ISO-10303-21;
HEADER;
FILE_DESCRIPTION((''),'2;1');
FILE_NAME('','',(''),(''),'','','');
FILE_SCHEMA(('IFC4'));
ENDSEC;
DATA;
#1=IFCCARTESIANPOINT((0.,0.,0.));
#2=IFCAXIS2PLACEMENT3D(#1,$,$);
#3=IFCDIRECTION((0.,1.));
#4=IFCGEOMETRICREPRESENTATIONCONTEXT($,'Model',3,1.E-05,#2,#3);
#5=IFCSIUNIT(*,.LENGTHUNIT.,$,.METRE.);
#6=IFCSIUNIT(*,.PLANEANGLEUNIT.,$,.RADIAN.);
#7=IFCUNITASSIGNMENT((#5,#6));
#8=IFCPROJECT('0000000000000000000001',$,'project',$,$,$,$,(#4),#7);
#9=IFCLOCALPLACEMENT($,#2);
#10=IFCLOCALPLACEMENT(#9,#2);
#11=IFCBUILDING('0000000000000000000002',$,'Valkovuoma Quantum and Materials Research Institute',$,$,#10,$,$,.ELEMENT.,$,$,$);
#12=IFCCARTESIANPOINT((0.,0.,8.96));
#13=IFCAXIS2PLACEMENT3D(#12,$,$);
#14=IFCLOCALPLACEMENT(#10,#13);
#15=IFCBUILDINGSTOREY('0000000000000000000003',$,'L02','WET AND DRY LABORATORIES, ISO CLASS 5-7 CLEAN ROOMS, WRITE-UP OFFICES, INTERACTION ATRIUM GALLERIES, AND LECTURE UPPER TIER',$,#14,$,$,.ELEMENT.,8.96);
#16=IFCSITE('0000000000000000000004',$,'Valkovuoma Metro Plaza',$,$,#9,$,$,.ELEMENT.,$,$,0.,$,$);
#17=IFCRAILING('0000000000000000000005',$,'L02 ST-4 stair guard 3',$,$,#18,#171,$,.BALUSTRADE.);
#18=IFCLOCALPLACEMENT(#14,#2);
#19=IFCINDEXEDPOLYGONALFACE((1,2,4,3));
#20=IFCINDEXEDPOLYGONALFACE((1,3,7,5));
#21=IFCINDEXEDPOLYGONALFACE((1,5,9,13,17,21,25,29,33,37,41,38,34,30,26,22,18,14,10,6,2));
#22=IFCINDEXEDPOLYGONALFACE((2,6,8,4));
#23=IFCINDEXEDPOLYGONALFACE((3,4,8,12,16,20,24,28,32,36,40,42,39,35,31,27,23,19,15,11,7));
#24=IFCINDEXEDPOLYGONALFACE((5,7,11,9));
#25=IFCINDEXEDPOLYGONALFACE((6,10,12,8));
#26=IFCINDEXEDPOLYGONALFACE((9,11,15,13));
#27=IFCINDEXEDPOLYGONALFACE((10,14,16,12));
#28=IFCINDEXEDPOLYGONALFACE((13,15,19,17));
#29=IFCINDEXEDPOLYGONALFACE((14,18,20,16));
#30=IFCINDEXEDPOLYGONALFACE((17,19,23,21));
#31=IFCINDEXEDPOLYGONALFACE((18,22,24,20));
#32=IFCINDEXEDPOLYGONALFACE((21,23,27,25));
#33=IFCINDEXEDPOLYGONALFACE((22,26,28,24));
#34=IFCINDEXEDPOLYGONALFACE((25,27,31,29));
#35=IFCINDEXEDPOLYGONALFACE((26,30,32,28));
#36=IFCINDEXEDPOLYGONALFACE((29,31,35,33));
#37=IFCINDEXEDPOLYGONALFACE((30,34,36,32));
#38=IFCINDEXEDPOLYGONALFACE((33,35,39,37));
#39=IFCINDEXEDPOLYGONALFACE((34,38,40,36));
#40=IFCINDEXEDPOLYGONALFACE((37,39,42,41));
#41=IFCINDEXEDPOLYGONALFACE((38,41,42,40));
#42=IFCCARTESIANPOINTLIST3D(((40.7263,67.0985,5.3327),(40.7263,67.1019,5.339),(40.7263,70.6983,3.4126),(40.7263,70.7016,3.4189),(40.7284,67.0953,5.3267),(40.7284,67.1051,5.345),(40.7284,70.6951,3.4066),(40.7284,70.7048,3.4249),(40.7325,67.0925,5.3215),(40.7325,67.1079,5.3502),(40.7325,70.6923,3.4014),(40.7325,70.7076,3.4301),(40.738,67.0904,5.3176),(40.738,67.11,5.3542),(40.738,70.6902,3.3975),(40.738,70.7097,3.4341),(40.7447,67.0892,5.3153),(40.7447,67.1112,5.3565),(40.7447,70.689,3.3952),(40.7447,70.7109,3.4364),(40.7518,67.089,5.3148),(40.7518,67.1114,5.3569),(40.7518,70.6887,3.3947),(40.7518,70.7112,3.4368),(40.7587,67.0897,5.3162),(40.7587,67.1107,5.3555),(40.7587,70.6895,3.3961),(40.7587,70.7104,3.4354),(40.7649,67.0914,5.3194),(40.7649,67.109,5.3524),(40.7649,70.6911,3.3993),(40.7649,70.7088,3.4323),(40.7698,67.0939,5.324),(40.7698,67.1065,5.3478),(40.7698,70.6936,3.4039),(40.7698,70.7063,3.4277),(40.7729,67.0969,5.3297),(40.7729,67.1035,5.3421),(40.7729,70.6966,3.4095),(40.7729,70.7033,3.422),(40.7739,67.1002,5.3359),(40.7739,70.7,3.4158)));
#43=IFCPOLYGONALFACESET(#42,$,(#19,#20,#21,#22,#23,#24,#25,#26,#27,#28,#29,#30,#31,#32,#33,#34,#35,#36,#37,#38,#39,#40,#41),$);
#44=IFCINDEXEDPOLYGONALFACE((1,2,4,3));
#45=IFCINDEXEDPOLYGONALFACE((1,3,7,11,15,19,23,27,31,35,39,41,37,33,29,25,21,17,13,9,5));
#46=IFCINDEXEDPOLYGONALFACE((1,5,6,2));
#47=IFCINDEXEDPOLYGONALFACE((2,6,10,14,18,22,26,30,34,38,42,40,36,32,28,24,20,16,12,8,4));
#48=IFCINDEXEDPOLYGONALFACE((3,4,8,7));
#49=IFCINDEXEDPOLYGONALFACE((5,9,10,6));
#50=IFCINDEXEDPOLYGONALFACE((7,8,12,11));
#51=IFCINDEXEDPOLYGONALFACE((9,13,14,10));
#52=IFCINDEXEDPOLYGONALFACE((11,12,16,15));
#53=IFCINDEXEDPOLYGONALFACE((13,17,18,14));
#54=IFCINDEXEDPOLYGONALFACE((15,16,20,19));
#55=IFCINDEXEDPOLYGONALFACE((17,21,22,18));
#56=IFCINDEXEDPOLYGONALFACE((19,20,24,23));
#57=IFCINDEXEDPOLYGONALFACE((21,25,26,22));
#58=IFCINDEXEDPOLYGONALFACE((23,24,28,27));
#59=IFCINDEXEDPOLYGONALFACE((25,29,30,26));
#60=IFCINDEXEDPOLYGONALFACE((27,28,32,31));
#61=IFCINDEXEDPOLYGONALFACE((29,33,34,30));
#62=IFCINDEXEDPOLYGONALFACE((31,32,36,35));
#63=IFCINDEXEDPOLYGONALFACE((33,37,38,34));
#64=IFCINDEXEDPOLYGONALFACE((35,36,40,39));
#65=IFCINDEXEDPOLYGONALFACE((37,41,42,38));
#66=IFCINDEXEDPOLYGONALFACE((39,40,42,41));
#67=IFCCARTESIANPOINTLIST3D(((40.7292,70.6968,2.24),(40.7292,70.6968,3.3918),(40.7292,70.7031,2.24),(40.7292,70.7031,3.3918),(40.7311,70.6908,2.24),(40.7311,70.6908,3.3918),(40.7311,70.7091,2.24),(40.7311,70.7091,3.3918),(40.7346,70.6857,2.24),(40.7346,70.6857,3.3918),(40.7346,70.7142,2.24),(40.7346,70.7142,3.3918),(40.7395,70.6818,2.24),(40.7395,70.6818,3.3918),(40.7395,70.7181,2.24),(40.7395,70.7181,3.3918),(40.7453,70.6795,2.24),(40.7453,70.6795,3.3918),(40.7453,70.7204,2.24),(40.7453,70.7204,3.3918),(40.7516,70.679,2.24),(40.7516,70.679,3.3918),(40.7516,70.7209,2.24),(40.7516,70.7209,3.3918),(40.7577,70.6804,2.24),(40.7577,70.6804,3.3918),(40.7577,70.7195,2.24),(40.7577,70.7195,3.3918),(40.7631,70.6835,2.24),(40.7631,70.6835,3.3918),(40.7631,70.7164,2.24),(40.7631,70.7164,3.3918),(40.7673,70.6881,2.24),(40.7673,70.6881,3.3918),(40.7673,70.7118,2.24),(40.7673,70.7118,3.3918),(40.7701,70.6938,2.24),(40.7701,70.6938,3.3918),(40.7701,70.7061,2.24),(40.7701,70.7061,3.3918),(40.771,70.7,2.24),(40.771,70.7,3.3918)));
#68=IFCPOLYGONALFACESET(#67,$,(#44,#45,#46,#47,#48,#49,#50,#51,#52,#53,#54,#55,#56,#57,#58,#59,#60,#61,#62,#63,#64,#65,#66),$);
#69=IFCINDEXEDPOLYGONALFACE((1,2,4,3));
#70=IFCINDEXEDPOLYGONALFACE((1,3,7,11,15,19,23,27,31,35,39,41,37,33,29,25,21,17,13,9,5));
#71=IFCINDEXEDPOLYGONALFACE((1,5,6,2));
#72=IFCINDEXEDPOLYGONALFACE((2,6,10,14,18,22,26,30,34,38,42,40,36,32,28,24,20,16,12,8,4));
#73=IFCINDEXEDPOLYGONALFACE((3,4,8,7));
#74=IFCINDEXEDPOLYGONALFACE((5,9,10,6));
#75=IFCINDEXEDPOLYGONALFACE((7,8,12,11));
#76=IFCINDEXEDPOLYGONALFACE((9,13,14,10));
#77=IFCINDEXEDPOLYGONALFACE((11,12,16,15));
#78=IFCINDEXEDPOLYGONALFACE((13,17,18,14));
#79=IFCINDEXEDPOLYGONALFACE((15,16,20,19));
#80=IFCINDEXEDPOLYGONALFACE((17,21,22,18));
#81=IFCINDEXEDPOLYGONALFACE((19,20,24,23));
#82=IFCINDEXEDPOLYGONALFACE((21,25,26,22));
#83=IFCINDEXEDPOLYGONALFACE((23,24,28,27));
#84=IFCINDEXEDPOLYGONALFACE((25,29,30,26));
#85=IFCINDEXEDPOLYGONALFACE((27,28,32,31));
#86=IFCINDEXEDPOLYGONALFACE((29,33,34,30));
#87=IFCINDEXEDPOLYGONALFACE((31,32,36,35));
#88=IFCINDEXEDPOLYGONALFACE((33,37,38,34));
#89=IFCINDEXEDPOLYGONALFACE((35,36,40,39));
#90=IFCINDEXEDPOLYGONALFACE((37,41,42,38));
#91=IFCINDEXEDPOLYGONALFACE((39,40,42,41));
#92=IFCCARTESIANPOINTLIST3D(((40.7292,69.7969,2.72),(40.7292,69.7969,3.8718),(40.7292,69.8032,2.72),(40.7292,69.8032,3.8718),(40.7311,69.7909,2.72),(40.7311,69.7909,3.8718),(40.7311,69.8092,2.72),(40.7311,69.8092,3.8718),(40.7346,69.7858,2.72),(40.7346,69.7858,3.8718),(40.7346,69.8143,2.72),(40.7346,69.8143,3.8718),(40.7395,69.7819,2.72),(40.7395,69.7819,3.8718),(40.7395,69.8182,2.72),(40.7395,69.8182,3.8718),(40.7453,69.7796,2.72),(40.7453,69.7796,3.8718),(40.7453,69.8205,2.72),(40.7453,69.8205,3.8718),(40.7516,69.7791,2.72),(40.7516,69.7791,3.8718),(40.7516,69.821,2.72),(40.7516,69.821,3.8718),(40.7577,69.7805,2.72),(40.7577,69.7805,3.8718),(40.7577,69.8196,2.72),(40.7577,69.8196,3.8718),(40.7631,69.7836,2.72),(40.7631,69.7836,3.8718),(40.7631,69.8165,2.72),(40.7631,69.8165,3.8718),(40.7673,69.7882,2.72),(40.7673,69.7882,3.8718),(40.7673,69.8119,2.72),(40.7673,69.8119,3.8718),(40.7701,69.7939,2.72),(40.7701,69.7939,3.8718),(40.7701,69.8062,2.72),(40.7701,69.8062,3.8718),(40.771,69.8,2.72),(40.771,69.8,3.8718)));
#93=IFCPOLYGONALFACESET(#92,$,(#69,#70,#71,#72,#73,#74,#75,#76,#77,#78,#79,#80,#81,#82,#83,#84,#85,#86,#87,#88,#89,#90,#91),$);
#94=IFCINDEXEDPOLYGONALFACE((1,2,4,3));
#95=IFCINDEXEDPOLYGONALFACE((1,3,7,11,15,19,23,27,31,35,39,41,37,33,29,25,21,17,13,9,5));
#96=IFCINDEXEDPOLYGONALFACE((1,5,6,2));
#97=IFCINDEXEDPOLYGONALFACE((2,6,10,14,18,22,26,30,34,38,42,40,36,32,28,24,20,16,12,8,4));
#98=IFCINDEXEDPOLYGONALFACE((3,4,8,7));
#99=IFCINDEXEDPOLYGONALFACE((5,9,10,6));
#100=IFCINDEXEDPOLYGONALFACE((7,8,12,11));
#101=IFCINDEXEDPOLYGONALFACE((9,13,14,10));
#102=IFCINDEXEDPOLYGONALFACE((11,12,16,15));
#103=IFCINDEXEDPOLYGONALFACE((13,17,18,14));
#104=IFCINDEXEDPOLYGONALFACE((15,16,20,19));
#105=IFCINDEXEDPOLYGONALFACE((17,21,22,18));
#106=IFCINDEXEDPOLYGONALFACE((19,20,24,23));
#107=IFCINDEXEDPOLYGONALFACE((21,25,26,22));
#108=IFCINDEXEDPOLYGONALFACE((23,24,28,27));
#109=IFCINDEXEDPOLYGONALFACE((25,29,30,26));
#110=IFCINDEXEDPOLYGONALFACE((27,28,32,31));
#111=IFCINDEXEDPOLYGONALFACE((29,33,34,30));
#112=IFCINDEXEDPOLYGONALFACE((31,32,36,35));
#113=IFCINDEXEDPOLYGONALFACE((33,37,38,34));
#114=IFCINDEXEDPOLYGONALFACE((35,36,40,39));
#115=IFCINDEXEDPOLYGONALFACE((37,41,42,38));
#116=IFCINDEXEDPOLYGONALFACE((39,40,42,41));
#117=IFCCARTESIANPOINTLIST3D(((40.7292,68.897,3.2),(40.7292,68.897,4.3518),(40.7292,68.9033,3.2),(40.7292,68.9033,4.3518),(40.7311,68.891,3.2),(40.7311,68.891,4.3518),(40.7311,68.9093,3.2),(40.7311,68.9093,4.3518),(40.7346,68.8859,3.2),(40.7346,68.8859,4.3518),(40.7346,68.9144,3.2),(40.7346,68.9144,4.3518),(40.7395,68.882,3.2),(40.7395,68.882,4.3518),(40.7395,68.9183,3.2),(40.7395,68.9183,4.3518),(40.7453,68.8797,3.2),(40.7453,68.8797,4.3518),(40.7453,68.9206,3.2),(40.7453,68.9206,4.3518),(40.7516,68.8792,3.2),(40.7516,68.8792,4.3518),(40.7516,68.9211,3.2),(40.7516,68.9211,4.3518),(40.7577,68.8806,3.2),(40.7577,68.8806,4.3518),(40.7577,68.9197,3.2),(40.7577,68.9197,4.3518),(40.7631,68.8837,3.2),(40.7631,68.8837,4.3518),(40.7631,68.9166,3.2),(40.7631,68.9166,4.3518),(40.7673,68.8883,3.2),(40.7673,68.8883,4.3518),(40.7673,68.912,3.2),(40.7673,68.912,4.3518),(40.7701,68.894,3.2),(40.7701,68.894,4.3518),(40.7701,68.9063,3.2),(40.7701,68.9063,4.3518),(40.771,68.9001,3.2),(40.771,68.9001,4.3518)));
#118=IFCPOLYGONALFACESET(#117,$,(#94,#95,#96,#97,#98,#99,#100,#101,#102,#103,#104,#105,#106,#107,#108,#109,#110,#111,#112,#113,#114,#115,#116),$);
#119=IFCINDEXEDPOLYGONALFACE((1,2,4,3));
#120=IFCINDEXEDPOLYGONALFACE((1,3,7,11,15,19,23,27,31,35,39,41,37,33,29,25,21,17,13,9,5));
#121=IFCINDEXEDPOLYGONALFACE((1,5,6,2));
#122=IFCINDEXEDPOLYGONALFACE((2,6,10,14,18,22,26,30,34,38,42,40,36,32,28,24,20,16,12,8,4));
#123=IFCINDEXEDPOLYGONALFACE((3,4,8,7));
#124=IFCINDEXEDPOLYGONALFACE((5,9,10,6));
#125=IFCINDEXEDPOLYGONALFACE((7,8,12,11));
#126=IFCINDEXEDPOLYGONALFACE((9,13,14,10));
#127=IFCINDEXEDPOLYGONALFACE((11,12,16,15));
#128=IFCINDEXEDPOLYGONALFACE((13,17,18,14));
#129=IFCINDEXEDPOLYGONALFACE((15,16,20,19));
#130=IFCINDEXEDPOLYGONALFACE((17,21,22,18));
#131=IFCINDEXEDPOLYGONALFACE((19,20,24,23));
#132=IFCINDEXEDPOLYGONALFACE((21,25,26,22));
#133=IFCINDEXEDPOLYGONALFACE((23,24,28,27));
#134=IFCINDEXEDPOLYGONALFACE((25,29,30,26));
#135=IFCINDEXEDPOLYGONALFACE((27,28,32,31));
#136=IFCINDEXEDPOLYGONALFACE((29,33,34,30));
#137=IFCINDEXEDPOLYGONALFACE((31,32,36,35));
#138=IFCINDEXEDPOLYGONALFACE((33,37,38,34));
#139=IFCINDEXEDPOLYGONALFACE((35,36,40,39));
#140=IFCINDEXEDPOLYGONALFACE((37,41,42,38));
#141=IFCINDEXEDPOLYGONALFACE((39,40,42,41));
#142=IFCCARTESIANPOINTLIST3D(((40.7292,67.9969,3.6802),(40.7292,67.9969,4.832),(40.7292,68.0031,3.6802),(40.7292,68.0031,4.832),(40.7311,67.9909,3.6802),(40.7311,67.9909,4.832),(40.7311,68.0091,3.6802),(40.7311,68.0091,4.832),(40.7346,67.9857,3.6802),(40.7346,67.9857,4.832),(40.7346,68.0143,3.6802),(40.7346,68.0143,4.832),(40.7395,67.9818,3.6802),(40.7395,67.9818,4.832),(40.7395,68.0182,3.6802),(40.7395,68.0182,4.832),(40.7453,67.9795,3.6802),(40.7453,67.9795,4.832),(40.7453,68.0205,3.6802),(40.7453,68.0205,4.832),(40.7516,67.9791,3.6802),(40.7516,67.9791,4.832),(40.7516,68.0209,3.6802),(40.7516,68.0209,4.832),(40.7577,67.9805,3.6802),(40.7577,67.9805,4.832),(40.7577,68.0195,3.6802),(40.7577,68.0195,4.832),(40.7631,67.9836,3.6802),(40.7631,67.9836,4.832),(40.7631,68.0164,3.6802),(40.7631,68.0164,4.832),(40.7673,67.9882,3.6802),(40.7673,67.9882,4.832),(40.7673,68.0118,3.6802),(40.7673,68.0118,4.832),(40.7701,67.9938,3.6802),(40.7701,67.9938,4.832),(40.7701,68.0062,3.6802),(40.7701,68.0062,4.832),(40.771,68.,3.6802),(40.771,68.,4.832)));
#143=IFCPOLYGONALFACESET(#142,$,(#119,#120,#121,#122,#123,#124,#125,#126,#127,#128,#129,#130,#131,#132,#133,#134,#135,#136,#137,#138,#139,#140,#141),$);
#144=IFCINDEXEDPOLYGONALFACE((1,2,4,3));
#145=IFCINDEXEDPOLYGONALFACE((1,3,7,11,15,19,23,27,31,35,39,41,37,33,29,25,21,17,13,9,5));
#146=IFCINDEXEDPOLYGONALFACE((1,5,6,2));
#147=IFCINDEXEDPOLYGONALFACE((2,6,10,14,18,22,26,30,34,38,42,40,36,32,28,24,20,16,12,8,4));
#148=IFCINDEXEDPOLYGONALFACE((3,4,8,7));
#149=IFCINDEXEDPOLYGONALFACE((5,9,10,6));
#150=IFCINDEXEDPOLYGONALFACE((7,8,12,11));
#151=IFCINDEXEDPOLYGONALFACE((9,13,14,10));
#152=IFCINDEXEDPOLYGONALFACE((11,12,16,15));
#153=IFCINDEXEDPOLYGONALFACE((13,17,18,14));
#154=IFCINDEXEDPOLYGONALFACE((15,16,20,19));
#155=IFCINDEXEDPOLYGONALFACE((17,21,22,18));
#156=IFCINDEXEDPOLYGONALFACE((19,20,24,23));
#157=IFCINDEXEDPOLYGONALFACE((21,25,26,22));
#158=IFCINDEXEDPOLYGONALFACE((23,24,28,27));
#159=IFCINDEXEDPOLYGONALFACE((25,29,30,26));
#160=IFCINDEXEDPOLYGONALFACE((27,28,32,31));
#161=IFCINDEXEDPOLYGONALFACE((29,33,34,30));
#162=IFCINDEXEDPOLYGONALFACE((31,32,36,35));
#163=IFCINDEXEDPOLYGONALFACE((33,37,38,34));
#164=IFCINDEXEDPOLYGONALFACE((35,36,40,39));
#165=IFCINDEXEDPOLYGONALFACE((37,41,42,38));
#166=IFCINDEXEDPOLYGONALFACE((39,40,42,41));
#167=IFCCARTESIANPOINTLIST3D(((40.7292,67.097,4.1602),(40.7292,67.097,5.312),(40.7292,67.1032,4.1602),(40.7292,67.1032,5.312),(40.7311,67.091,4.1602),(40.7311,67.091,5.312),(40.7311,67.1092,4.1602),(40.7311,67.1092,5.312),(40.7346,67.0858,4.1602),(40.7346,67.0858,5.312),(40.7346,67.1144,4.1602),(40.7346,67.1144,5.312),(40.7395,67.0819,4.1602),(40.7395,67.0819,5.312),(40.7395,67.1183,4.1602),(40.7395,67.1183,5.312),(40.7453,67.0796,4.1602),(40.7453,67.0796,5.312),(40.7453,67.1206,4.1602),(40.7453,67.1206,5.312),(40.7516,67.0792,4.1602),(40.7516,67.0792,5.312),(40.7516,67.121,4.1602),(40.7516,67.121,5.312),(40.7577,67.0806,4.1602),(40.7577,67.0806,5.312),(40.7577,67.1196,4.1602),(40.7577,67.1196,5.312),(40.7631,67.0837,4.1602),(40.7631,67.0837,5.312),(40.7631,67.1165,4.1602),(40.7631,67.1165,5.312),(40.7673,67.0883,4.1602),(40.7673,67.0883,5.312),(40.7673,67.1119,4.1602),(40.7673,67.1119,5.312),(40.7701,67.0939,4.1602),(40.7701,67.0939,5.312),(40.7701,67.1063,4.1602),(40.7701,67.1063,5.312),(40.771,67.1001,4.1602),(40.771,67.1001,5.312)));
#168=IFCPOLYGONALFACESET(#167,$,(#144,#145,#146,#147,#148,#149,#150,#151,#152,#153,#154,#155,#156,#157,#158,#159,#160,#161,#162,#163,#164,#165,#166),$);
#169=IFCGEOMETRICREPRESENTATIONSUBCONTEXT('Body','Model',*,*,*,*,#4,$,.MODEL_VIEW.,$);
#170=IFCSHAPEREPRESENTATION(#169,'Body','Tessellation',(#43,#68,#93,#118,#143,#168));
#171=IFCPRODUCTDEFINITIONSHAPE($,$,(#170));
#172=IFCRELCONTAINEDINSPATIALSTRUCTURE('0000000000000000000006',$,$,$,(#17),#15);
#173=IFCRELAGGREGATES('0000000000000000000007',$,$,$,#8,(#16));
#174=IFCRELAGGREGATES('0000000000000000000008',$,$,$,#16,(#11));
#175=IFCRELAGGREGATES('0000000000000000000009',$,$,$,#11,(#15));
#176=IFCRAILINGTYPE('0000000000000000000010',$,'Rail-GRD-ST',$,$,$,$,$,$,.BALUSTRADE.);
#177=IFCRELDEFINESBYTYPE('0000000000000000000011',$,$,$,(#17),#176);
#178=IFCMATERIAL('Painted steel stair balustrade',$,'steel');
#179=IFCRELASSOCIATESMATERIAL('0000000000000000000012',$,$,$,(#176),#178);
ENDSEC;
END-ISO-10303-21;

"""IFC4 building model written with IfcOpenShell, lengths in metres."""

from ifc_helpers import new_model, si_unit, direction, frame, origin, origin_2d, place, context, subcontext, project, spatial, circle, extrude, material, type_object, element, save


model = new_model("IFC4")

# Units and contexts
model_context = context("Model", 3, precision=1e-05, world=origin(), true_north=direction((0.0, 1.0)))
body_context = subcontext(model_context, "Body", "Model", "MODEL_VIEW")
ifc_project = project(units=[si_unit("LENGTHUNIT", "METRE"), si_unit("PLANEANGLEUNIT", "RADIAN")], contexts=[model_context])

# Site, building, storey
site_placement = place(None, origin())
site = spatial("IfcSite", under=ifc_project, at=site_placement, Name="Valkovuoma Metro Plaza", CompositionType="ELEMENT", RefElevation=0.0)
building_placement = place(site_placement, origin())
building = spatial("IfcBuilding", under=site, at=building_placement, Name="Valkovuoma Quantum and Materials Research Institute", CompositionType="ELEMENT")
storey_placement = place(building_placement, frame((0.0, 0.0, 8.96)))
storey = spatial("IfcBuildingStorey", under=building, at=storey_placement, Name="L02", Description="WET AND DRY LABORATORIES, ISO CLASS 5-7 CLEAN ROOMS, WRITE-UP OFFICES, INTERACTION ATRIUM GALLERIES, AND LECTURE UPPER TIER", CompositionType="ELEMENT", Elevation=8.96)

# Railing
ifc_material_1 = material(Name="Painted steel stair balustrade", Category="steel")
railing_type_1 = type_object("IfcRailingType", Name="Rail-GRD-ST", PredefinedType="BALUSTRADE", material=ifc_material_1)
railing_1_placement = place(storey_placement, frame((40.75, 70.7, 2.24)))
element("IfcRailing", 1, at=railing_1_placement, inside=storey, type_object=railing_type_1, Name="L02 ST-4 stair guard 3", PredefinedType="BALUSTRADE", context=body_context, shape_type="SweptSolid", body=[
    extrude(circle(Radius=0.0239, at=origin_2d()), frame((0.0, 0.0, 1.1758), z_axis=(0.0, -0.882328, 0.470635), x_axis=(1.0, 0.0, 0.0)), (0.0, 0.0, 1.0), 4.0798),
    extrude(circle(Radius=0.021, at=origin_2d()), origin(), (0.0, 0.0, 1.0), 1.1519),
    extrude(circle(Radius=0.021, at=origin_2d()), frame((0.0, -0.8999, 0.48)), (0.0, 0.0, 1.0), 1.1519),
    extrude(circle(Radius=0.021, at=origin_2d()), frame((0.0, -1.7998, 0.96)), (0.0, 0.0, 1.0), 1.1519),
    extrude(circle(Radius=0.021, at=origin_2d()), frame((0.0, -2.7, 1.4402)), (0.0, 0.0, 1.0), 1.1519),
    extrude(circle(Radius=0.021, at=origin_2d()), frame((0.0, -3.5999, 1.9202)), (0.0, 0.0, 1.0), 1.1519),
])

save(model, "model.ifc")
